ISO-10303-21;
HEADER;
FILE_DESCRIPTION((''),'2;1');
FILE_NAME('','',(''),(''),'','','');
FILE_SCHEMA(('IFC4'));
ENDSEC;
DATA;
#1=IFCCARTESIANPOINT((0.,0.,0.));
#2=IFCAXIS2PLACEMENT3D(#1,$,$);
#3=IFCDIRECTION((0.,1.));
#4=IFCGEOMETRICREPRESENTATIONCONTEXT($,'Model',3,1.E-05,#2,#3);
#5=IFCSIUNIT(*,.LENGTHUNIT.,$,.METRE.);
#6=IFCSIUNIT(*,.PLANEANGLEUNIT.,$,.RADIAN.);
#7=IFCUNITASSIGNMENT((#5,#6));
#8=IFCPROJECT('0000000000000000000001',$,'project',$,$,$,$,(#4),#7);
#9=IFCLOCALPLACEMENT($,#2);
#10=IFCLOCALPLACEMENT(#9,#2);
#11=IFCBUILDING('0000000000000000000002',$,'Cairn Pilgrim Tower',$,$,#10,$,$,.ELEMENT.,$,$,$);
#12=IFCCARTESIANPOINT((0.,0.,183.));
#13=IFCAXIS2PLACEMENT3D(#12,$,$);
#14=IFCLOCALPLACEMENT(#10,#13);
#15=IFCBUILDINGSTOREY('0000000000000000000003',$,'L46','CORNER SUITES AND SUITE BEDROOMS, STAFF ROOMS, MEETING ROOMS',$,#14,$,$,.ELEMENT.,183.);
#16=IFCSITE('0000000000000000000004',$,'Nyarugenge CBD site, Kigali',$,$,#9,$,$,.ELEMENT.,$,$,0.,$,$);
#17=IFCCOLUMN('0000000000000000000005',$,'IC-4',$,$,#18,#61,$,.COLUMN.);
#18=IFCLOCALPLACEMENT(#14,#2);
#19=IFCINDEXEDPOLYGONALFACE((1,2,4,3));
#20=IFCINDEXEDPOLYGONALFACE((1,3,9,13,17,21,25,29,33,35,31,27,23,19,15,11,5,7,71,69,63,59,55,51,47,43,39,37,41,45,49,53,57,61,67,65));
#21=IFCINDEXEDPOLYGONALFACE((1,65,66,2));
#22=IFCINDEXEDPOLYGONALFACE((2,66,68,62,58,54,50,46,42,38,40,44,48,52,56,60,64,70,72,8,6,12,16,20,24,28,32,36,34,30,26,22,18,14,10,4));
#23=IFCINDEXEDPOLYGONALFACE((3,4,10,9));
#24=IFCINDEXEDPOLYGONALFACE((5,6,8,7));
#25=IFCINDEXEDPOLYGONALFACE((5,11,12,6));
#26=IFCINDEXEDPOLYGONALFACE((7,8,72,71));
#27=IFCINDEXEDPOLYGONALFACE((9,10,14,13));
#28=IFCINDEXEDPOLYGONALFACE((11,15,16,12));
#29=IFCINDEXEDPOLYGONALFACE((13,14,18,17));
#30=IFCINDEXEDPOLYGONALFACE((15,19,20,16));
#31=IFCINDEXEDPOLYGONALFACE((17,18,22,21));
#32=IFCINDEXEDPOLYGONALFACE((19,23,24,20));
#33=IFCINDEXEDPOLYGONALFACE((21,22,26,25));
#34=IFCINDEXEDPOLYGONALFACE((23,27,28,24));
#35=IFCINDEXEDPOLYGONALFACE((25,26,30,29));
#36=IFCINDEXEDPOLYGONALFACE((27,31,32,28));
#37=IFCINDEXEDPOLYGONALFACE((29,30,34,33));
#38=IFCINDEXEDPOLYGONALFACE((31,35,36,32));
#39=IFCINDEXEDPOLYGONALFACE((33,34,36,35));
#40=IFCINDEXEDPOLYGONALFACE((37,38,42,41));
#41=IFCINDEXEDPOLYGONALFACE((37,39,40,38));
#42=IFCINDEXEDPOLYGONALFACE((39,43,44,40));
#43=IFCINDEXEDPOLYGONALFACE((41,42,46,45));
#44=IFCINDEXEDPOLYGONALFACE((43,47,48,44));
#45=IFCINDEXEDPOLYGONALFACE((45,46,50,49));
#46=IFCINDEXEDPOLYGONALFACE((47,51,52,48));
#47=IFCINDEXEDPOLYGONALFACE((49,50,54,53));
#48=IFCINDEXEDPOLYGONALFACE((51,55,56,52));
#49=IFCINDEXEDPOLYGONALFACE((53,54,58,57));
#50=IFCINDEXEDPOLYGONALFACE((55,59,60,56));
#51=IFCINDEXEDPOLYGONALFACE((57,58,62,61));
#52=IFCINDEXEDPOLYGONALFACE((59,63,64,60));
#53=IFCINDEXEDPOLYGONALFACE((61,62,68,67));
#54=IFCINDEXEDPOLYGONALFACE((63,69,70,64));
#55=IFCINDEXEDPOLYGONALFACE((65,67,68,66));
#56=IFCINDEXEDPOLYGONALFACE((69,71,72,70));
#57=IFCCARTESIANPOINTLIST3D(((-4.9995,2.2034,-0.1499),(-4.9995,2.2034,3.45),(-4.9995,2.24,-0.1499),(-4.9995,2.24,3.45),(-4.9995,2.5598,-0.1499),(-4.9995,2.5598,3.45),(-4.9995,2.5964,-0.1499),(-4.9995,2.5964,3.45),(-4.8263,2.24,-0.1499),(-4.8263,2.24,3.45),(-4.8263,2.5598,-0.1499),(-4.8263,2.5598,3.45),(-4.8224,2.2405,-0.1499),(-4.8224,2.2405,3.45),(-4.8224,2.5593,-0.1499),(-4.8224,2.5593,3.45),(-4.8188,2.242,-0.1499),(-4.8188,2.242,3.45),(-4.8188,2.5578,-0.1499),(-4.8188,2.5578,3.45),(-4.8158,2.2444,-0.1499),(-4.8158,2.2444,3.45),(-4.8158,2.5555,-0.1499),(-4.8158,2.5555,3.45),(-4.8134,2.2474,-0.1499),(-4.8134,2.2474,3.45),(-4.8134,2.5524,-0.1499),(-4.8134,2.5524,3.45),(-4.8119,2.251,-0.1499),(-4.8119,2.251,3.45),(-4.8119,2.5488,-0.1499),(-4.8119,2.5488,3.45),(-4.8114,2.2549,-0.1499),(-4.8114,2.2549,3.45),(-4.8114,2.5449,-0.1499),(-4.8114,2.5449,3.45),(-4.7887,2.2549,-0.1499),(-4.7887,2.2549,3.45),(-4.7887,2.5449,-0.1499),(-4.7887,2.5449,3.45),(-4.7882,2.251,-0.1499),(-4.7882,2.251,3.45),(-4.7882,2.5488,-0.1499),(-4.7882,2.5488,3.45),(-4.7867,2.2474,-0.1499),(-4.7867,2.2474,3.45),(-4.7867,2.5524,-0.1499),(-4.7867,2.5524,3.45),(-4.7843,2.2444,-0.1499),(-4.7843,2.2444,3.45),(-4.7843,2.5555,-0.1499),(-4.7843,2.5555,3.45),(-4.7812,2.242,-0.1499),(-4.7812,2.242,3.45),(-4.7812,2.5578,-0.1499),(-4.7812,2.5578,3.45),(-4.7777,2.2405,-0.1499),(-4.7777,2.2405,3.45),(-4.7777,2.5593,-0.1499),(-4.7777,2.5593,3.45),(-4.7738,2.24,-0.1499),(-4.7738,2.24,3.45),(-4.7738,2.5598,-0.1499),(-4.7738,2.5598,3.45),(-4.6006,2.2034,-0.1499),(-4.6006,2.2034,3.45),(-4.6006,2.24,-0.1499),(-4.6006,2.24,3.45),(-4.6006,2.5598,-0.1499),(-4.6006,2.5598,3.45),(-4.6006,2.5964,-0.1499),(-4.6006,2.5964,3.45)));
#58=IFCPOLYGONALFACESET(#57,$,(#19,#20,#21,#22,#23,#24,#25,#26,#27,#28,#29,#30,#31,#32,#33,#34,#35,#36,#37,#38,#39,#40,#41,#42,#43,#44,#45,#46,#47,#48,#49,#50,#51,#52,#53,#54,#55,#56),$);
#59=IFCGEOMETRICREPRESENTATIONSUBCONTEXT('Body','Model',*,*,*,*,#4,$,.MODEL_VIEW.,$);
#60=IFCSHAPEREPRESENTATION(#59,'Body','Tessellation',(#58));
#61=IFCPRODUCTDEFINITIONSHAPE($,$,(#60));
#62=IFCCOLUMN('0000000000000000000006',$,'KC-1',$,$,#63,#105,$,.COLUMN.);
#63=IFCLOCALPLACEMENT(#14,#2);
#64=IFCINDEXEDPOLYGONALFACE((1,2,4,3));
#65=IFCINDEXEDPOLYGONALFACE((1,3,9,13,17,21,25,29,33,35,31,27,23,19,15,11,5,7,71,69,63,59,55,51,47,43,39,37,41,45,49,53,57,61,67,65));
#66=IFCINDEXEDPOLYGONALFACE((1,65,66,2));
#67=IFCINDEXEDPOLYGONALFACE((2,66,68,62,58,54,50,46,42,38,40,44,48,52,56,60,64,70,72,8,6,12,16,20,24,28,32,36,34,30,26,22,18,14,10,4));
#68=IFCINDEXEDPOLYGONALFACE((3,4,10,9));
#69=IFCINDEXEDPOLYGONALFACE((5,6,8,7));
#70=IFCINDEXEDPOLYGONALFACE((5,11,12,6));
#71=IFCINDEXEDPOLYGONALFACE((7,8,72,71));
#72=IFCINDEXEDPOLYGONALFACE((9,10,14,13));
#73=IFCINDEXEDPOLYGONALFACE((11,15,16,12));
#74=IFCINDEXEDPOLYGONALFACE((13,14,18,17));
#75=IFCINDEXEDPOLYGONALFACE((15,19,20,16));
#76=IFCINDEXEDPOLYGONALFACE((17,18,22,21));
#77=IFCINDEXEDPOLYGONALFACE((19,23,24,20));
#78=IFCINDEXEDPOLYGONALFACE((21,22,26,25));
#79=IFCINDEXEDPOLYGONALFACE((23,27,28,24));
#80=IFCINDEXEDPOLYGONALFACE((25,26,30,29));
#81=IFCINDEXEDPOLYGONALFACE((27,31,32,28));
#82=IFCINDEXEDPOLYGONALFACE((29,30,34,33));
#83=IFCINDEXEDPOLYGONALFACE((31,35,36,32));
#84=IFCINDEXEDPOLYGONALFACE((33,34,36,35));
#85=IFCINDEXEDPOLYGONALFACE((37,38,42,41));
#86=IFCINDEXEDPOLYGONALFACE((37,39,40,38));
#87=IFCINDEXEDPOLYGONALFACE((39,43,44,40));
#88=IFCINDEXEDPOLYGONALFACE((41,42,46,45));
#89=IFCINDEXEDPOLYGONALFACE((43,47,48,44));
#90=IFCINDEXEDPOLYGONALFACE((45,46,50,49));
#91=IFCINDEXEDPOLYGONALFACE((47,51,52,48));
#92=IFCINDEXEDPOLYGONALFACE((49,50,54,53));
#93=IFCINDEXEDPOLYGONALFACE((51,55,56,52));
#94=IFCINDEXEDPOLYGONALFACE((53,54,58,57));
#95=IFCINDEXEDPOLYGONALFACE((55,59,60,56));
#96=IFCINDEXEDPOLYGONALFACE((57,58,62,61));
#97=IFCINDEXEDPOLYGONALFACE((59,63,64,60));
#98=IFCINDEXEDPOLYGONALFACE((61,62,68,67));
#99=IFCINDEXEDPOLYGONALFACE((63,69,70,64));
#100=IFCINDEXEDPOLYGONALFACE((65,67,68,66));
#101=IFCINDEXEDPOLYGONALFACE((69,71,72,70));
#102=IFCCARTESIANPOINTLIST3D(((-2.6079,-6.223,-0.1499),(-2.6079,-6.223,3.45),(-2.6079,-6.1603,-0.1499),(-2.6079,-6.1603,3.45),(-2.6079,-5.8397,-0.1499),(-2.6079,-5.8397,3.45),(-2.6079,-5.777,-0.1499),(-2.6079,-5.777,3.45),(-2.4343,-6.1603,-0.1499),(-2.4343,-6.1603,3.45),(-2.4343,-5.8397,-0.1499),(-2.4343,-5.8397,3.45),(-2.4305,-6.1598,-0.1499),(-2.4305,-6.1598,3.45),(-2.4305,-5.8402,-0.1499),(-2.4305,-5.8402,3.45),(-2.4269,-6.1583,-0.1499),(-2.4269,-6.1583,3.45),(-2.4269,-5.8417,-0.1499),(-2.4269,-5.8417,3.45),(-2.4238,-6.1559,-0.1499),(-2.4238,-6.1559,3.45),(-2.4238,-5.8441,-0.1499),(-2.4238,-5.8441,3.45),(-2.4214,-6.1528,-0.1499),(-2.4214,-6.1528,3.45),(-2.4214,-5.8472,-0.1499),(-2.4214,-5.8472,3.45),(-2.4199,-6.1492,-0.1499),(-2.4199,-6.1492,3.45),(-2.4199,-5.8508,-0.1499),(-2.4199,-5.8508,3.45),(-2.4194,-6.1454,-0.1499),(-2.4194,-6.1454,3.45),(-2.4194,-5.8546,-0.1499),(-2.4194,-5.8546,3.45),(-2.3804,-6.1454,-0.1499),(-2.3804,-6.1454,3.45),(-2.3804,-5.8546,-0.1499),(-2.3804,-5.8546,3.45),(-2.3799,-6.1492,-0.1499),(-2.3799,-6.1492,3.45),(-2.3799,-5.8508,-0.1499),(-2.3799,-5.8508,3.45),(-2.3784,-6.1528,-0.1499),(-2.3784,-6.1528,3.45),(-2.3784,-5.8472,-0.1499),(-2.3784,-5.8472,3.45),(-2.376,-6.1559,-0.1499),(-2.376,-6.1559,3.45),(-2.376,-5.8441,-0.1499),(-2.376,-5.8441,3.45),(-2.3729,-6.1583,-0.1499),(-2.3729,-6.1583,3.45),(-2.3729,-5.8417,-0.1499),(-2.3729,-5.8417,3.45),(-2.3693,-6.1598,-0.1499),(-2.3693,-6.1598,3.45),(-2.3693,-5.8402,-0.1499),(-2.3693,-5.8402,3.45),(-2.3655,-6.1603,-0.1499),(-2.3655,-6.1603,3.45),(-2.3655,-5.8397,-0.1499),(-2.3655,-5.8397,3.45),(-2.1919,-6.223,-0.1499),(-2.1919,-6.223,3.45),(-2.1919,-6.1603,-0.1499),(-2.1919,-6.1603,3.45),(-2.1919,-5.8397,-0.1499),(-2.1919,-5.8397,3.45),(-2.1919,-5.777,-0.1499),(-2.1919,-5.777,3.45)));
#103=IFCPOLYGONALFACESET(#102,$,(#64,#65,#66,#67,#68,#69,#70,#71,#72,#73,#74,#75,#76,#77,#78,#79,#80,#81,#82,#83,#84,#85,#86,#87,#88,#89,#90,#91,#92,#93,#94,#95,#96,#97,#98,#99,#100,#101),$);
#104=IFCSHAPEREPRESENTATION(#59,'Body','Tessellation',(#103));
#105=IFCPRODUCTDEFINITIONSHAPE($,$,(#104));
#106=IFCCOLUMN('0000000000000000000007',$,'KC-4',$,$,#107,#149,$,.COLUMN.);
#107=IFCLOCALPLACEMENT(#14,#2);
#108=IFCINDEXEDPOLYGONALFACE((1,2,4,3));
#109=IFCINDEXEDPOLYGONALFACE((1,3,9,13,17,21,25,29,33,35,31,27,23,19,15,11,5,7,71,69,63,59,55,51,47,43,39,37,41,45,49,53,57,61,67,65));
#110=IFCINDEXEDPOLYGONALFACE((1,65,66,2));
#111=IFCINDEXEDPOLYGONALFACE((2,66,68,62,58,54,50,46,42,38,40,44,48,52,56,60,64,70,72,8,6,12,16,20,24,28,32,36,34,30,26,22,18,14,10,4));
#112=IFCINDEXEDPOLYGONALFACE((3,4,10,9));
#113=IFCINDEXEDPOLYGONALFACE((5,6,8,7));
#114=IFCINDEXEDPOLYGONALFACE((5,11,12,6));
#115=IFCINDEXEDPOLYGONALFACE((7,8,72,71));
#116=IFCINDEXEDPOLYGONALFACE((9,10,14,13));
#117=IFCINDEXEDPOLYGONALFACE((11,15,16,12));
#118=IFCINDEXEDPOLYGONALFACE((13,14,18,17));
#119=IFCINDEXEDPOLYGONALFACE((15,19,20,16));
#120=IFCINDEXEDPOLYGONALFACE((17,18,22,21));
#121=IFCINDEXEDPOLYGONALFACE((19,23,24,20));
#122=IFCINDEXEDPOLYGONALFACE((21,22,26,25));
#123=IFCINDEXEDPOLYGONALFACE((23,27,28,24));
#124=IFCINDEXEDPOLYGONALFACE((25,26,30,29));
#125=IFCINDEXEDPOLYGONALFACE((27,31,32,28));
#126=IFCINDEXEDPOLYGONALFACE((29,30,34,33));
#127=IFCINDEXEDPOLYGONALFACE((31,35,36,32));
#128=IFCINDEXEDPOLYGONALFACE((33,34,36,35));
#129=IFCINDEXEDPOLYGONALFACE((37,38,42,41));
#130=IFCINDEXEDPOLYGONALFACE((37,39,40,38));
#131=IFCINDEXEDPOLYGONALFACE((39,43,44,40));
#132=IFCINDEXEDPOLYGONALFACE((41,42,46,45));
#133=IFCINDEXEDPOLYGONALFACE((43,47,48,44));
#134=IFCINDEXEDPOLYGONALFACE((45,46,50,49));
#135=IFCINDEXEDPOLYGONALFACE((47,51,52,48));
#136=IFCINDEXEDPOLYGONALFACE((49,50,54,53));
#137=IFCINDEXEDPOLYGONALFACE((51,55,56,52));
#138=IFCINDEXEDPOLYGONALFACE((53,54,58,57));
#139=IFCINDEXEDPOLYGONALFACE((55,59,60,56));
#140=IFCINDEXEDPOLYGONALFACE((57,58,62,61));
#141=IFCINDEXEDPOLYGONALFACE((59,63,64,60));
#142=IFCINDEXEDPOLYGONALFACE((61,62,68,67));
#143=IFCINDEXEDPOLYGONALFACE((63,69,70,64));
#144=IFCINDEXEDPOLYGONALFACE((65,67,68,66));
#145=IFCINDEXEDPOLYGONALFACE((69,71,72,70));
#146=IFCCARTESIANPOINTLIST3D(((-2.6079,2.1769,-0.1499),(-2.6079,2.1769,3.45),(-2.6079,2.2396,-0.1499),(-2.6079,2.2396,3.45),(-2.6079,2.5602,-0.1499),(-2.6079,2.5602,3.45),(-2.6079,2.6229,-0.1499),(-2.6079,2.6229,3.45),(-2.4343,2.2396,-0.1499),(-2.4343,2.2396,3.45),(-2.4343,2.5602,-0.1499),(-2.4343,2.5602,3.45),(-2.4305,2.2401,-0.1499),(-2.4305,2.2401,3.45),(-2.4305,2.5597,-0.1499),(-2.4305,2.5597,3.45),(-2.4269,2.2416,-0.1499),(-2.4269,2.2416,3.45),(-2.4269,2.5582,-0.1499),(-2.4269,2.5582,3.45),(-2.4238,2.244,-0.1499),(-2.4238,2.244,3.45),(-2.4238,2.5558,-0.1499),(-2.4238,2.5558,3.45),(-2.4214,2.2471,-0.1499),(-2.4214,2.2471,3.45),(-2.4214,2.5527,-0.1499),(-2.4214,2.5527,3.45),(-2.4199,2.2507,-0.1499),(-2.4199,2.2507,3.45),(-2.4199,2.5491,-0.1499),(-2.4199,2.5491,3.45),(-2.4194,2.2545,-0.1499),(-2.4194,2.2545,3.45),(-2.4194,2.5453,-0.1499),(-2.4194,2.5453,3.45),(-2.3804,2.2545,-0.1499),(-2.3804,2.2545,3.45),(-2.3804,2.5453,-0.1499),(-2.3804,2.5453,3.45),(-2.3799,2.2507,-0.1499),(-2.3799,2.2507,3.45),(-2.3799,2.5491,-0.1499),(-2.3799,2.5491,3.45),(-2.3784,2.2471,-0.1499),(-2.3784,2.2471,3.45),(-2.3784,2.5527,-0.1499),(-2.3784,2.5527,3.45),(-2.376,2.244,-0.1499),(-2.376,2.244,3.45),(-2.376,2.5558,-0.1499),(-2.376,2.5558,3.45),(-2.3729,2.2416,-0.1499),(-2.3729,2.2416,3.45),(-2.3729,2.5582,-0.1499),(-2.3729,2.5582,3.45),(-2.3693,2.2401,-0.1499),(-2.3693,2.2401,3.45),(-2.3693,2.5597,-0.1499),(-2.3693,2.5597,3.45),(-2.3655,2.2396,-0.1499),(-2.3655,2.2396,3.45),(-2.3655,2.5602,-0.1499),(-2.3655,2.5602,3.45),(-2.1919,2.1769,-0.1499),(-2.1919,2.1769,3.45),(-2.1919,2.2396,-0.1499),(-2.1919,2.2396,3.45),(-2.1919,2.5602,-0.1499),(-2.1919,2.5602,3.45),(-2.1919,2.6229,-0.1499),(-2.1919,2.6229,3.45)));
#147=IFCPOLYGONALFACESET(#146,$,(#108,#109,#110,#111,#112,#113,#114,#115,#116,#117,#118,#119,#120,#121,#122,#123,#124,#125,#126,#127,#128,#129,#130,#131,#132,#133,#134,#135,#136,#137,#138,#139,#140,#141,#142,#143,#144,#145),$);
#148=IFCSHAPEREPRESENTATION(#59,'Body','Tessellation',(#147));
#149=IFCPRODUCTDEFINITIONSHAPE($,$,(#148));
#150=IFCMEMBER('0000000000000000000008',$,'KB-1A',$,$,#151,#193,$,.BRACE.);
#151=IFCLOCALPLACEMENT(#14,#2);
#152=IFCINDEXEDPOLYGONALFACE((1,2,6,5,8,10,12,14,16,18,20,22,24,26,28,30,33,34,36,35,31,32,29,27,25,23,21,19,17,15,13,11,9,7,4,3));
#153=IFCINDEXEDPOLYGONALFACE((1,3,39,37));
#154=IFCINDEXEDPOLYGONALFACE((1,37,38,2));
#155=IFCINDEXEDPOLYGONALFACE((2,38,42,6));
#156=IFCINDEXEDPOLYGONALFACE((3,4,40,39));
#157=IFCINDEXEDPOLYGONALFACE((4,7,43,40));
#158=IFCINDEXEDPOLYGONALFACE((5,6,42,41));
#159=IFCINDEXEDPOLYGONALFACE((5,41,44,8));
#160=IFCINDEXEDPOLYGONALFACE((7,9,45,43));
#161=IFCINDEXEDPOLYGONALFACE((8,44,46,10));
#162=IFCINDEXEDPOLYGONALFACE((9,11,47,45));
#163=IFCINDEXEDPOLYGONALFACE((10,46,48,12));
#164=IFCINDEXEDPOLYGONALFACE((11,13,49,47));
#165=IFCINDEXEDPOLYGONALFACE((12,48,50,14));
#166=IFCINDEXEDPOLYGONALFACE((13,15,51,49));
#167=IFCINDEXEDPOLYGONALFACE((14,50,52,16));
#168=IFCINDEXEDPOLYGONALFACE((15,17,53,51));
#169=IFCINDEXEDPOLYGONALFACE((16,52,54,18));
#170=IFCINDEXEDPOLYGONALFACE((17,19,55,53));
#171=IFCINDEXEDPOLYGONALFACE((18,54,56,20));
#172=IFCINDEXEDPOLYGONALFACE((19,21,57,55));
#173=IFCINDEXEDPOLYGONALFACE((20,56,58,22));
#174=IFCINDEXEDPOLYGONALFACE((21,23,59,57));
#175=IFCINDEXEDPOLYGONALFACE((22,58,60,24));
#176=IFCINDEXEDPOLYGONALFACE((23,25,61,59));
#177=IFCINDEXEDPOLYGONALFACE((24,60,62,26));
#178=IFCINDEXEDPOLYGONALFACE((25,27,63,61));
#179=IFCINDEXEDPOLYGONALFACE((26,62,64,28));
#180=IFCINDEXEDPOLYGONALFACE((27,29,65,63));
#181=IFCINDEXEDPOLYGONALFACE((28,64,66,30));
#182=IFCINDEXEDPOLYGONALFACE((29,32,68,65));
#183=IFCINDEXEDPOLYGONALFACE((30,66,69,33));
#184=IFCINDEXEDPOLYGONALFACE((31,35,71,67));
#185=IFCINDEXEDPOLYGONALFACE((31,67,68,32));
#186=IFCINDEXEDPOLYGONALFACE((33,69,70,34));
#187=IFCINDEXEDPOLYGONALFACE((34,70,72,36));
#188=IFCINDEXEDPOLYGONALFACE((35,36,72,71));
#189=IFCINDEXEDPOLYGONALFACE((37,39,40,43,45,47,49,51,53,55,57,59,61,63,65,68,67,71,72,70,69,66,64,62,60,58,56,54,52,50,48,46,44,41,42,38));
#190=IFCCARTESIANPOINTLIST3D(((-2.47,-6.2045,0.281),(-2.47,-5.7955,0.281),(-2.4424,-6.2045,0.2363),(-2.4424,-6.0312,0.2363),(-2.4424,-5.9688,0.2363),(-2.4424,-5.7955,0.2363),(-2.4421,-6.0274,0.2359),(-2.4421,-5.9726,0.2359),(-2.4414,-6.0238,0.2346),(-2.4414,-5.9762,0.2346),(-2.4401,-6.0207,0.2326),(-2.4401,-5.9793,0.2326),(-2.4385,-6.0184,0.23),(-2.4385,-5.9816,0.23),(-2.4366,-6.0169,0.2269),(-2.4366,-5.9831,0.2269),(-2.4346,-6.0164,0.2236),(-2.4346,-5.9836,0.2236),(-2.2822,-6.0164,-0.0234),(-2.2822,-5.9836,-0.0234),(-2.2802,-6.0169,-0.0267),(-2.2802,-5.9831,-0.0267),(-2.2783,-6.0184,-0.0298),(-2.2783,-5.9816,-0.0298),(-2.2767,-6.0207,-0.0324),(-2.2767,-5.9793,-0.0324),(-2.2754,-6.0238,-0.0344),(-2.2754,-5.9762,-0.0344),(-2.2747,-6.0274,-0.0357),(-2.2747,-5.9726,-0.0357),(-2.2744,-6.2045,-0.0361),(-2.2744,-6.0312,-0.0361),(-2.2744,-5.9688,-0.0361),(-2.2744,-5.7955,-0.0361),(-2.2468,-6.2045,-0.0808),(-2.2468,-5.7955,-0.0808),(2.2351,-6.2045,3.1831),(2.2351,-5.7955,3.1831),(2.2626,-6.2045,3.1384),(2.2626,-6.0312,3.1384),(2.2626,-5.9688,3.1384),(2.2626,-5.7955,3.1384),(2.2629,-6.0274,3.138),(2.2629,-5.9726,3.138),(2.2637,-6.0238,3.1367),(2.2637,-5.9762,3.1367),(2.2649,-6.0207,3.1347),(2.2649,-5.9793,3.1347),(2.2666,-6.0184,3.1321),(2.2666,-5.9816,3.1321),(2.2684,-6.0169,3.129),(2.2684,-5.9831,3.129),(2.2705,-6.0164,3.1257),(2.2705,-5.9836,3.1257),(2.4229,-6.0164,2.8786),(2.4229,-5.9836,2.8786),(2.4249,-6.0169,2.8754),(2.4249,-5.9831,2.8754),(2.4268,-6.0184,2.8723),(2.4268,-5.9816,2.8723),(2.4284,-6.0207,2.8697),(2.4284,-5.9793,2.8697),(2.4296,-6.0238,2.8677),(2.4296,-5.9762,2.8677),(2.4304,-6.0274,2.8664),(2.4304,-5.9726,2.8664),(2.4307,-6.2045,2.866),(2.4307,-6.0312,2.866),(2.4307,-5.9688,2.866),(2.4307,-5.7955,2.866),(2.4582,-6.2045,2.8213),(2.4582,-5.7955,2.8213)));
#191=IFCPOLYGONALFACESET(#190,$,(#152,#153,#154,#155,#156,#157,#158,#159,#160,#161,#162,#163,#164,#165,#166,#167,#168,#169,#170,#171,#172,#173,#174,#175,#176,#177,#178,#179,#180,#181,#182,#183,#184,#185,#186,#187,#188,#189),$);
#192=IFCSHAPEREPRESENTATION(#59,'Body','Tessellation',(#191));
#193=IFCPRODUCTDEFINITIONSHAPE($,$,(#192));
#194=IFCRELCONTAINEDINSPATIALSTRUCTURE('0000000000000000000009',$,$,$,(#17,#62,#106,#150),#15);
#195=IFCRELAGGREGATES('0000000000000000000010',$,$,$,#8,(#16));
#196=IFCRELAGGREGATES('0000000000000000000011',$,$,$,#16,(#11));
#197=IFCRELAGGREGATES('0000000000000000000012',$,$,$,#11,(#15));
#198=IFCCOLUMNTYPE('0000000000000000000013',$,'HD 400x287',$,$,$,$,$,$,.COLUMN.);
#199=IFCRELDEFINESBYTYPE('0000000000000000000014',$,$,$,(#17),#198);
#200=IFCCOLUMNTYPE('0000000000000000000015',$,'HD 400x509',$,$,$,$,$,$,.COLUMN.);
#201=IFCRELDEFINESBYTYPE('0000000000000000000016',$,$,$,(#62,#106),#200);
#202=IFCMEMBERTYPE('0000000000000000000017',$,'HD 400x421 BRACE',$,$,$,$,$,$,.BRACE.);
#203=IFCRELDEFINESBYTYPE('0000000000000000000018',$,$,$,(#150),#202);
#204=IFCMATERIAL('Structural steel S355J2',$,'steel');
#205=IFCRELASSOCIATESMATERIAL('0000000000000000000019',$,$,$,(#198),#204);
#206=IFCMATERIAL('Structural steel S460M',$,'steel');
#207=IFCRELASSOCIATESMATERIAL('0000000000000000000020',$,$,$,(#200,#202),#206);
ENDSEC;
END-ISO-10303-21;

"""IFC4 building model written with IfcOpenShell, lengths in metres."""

from ifc_helpers import new_model, si_unit, direction, frame, origin, origin_2d, place, context, subcontext, project, spatial, i_section, extrude, material, material_profile, profile_set, type_object, element, save


model = new_model("IFC4")

# Units and contexts
model_context = context("Model", 3, precision=1e-05, world=origin(), true_north=direction((0.0, 1.0)))
body_context = subcontext(model_context, "Body", "Model", "MODEL_VIEW")
ifc_project = project(units=[si_unit("LENGTHUNIT", "METRE"), si_unit("PLANEANGLEUNIT", "RADIAN")], contexts=[model_context])

# Site, building, storey
site_placement = place(None, origin())
site = spatial("IfcSite", under=ifc_project, at=site_placement, Name="Nyarugenge CBD site, Kigali", CompositionType="ELEMENT", RefElevation=0.0)
building_placement = place(site_placement, origin())
building = spatial("IfcBuilding", under=site, at=building_placement, Name="Cairn Pilgrim Tower", CompositionType="ELEMENT")
storey_placement = place(building_placement, frame((0.0, 0.0, 183.0)))
storey = spatial("IfcBuildingStorey", under=building, at=storey_placement, Name="L46", Description="CORNER SUITES AND SUITE BEDROOMS, STAFF ROOMS, MEETING ROOMS", CompositionType="ELEMENT", Elevation=183.0)

# Columns
ifc_material_1 = material(Name="Structural steel S355J2", Category="steel")
ifc_material_profile_1 = material_profile(ifc_material_1, i_section(OverallWidth=0.3989, OverallDepth=0.3931, WebThickness=0.0227, FlangeThickness=0.0366, FilletRadius=0.0149, at=origin_2d()), Name="HD 400x287")
ifc_profile_set_1 = profile_set([ifc_material_profile_1], Name="Structural steel S355J2")
column_type_1 = type_object("IfcColumnType", Name="HD 400x287", PredefinedType="COLUMN", material=ifc_profile_set_1)
column_placement = place(storey_placement, frame((-4.8, 2.3999, -0.1499), z_axis=(0.0, 0.0, 1.0), x_axis=(1.0, 0.0, 0.0)))
element("IfcColumn", 1, at=column_placement, inside=storey, type_object=column_type_1, Name="IC-4", PredefinedType="COLUMN", context=body_context, shape_type="SweptSolid", body=[
    extrude(i_section(OverallWidth=0.3989, OverallDepth=0.3931, WebThickness=0.0227, FlangeThickness=0.0366, FilletRadius=0.0149, at=origin_2d()), origin(), (0.0, 0.0, 1.0), 3.5999),
])
ifc_material_2 = material(Name="Structural steel S460M", Category="steel")
ifc_material_profile_2 = material_profile(ifc_material_2, i_section(OverallWidth=0.416, OverallDepth=0.446, WebThickness=0.0391, FlangeThickness=0.0627, FilletRadius=0.0149, at=origin_2d()), Name="HD 400x509")
ifc_profile_set_2 = profile_set([ifc_material_profile_2], Name="Structural steel S460M")
column_type_2 = type_object("IfcColumnType", Name="HD 400x509", PredefinedType="COLUMN", material=ifc_profile_set_2)
for number, where, z_axis, x_axis, name in (
    (2, (-2.3999, -6.0, -0.1499), (0.0, 0.0, 1.0), (1.0, 0.0, 0.0), "KC-1"),
    (3, (-2.3999, 2.3999, -0.1499), (0.0, 0.0, 1.0), (1.0, 0.0, 0.0), "KC-4"),
):
    element("IfcColumn", number, at=place(storey_placement, frame(where, z_axis=z_axis, x_axis=x_axis)), inside=storey, type_object=column_type_2, Name=name, PredefinedType="COLUMN", context=body_context, shape_type="SweptSolid", body=[
        extrude(i_section(OverallWidth=0.416, OverallDepth=0.446, WebThickness=0.0391, FlangeThickness=0.0627, FilletRadius=0.0149, at=origin_2d()), origin(), (0.0, 0.0, 1.0), 3.5999),
    ])

# Member
ifc_material_profile_3 = material_profile(ifc_material_2, i_section(OverallWidth=0.4089, OverallDepth=0.425, WebThickness=0.0327, FlangeThickness=0.0525, FilletRadius=0.0149, at=origin_2d()), Name="HD 400x421")
ifc_profile_set_3 = profile_set([ifc_material_profile_3], Name="Structural steel S460M")
member_type = type_object("IfcMemberType", Name="HD 400x421 BRACE", PredefinedType="BRACE", material=ifc_profile_set_3)
member_1_placement = place(storey_placement, frame((-2.3584, -6.0, 0.1001), z_axis=(0.85112, 0.0, 0.524972), x_axis=(0.0, 1.0, 0.0)))
element("IfcMember", 4, at=member_1_placement, inside=storey, type_object=member_type, Name="KB-1A", PredefinedType="BRACE", context=body_context, shape_type="SweptSolid", body=[
    extrude(i_section(OverallWidth=0.4089, OverallDepth=0.425, WebThickness=0.0327, FlangeThickness=0.0525, FilletRadius=0.0149, at=origin_2d()), origin(), (0.0, 0.0, 1.0), 5.5281),
])

save(model, "model.ifc")
